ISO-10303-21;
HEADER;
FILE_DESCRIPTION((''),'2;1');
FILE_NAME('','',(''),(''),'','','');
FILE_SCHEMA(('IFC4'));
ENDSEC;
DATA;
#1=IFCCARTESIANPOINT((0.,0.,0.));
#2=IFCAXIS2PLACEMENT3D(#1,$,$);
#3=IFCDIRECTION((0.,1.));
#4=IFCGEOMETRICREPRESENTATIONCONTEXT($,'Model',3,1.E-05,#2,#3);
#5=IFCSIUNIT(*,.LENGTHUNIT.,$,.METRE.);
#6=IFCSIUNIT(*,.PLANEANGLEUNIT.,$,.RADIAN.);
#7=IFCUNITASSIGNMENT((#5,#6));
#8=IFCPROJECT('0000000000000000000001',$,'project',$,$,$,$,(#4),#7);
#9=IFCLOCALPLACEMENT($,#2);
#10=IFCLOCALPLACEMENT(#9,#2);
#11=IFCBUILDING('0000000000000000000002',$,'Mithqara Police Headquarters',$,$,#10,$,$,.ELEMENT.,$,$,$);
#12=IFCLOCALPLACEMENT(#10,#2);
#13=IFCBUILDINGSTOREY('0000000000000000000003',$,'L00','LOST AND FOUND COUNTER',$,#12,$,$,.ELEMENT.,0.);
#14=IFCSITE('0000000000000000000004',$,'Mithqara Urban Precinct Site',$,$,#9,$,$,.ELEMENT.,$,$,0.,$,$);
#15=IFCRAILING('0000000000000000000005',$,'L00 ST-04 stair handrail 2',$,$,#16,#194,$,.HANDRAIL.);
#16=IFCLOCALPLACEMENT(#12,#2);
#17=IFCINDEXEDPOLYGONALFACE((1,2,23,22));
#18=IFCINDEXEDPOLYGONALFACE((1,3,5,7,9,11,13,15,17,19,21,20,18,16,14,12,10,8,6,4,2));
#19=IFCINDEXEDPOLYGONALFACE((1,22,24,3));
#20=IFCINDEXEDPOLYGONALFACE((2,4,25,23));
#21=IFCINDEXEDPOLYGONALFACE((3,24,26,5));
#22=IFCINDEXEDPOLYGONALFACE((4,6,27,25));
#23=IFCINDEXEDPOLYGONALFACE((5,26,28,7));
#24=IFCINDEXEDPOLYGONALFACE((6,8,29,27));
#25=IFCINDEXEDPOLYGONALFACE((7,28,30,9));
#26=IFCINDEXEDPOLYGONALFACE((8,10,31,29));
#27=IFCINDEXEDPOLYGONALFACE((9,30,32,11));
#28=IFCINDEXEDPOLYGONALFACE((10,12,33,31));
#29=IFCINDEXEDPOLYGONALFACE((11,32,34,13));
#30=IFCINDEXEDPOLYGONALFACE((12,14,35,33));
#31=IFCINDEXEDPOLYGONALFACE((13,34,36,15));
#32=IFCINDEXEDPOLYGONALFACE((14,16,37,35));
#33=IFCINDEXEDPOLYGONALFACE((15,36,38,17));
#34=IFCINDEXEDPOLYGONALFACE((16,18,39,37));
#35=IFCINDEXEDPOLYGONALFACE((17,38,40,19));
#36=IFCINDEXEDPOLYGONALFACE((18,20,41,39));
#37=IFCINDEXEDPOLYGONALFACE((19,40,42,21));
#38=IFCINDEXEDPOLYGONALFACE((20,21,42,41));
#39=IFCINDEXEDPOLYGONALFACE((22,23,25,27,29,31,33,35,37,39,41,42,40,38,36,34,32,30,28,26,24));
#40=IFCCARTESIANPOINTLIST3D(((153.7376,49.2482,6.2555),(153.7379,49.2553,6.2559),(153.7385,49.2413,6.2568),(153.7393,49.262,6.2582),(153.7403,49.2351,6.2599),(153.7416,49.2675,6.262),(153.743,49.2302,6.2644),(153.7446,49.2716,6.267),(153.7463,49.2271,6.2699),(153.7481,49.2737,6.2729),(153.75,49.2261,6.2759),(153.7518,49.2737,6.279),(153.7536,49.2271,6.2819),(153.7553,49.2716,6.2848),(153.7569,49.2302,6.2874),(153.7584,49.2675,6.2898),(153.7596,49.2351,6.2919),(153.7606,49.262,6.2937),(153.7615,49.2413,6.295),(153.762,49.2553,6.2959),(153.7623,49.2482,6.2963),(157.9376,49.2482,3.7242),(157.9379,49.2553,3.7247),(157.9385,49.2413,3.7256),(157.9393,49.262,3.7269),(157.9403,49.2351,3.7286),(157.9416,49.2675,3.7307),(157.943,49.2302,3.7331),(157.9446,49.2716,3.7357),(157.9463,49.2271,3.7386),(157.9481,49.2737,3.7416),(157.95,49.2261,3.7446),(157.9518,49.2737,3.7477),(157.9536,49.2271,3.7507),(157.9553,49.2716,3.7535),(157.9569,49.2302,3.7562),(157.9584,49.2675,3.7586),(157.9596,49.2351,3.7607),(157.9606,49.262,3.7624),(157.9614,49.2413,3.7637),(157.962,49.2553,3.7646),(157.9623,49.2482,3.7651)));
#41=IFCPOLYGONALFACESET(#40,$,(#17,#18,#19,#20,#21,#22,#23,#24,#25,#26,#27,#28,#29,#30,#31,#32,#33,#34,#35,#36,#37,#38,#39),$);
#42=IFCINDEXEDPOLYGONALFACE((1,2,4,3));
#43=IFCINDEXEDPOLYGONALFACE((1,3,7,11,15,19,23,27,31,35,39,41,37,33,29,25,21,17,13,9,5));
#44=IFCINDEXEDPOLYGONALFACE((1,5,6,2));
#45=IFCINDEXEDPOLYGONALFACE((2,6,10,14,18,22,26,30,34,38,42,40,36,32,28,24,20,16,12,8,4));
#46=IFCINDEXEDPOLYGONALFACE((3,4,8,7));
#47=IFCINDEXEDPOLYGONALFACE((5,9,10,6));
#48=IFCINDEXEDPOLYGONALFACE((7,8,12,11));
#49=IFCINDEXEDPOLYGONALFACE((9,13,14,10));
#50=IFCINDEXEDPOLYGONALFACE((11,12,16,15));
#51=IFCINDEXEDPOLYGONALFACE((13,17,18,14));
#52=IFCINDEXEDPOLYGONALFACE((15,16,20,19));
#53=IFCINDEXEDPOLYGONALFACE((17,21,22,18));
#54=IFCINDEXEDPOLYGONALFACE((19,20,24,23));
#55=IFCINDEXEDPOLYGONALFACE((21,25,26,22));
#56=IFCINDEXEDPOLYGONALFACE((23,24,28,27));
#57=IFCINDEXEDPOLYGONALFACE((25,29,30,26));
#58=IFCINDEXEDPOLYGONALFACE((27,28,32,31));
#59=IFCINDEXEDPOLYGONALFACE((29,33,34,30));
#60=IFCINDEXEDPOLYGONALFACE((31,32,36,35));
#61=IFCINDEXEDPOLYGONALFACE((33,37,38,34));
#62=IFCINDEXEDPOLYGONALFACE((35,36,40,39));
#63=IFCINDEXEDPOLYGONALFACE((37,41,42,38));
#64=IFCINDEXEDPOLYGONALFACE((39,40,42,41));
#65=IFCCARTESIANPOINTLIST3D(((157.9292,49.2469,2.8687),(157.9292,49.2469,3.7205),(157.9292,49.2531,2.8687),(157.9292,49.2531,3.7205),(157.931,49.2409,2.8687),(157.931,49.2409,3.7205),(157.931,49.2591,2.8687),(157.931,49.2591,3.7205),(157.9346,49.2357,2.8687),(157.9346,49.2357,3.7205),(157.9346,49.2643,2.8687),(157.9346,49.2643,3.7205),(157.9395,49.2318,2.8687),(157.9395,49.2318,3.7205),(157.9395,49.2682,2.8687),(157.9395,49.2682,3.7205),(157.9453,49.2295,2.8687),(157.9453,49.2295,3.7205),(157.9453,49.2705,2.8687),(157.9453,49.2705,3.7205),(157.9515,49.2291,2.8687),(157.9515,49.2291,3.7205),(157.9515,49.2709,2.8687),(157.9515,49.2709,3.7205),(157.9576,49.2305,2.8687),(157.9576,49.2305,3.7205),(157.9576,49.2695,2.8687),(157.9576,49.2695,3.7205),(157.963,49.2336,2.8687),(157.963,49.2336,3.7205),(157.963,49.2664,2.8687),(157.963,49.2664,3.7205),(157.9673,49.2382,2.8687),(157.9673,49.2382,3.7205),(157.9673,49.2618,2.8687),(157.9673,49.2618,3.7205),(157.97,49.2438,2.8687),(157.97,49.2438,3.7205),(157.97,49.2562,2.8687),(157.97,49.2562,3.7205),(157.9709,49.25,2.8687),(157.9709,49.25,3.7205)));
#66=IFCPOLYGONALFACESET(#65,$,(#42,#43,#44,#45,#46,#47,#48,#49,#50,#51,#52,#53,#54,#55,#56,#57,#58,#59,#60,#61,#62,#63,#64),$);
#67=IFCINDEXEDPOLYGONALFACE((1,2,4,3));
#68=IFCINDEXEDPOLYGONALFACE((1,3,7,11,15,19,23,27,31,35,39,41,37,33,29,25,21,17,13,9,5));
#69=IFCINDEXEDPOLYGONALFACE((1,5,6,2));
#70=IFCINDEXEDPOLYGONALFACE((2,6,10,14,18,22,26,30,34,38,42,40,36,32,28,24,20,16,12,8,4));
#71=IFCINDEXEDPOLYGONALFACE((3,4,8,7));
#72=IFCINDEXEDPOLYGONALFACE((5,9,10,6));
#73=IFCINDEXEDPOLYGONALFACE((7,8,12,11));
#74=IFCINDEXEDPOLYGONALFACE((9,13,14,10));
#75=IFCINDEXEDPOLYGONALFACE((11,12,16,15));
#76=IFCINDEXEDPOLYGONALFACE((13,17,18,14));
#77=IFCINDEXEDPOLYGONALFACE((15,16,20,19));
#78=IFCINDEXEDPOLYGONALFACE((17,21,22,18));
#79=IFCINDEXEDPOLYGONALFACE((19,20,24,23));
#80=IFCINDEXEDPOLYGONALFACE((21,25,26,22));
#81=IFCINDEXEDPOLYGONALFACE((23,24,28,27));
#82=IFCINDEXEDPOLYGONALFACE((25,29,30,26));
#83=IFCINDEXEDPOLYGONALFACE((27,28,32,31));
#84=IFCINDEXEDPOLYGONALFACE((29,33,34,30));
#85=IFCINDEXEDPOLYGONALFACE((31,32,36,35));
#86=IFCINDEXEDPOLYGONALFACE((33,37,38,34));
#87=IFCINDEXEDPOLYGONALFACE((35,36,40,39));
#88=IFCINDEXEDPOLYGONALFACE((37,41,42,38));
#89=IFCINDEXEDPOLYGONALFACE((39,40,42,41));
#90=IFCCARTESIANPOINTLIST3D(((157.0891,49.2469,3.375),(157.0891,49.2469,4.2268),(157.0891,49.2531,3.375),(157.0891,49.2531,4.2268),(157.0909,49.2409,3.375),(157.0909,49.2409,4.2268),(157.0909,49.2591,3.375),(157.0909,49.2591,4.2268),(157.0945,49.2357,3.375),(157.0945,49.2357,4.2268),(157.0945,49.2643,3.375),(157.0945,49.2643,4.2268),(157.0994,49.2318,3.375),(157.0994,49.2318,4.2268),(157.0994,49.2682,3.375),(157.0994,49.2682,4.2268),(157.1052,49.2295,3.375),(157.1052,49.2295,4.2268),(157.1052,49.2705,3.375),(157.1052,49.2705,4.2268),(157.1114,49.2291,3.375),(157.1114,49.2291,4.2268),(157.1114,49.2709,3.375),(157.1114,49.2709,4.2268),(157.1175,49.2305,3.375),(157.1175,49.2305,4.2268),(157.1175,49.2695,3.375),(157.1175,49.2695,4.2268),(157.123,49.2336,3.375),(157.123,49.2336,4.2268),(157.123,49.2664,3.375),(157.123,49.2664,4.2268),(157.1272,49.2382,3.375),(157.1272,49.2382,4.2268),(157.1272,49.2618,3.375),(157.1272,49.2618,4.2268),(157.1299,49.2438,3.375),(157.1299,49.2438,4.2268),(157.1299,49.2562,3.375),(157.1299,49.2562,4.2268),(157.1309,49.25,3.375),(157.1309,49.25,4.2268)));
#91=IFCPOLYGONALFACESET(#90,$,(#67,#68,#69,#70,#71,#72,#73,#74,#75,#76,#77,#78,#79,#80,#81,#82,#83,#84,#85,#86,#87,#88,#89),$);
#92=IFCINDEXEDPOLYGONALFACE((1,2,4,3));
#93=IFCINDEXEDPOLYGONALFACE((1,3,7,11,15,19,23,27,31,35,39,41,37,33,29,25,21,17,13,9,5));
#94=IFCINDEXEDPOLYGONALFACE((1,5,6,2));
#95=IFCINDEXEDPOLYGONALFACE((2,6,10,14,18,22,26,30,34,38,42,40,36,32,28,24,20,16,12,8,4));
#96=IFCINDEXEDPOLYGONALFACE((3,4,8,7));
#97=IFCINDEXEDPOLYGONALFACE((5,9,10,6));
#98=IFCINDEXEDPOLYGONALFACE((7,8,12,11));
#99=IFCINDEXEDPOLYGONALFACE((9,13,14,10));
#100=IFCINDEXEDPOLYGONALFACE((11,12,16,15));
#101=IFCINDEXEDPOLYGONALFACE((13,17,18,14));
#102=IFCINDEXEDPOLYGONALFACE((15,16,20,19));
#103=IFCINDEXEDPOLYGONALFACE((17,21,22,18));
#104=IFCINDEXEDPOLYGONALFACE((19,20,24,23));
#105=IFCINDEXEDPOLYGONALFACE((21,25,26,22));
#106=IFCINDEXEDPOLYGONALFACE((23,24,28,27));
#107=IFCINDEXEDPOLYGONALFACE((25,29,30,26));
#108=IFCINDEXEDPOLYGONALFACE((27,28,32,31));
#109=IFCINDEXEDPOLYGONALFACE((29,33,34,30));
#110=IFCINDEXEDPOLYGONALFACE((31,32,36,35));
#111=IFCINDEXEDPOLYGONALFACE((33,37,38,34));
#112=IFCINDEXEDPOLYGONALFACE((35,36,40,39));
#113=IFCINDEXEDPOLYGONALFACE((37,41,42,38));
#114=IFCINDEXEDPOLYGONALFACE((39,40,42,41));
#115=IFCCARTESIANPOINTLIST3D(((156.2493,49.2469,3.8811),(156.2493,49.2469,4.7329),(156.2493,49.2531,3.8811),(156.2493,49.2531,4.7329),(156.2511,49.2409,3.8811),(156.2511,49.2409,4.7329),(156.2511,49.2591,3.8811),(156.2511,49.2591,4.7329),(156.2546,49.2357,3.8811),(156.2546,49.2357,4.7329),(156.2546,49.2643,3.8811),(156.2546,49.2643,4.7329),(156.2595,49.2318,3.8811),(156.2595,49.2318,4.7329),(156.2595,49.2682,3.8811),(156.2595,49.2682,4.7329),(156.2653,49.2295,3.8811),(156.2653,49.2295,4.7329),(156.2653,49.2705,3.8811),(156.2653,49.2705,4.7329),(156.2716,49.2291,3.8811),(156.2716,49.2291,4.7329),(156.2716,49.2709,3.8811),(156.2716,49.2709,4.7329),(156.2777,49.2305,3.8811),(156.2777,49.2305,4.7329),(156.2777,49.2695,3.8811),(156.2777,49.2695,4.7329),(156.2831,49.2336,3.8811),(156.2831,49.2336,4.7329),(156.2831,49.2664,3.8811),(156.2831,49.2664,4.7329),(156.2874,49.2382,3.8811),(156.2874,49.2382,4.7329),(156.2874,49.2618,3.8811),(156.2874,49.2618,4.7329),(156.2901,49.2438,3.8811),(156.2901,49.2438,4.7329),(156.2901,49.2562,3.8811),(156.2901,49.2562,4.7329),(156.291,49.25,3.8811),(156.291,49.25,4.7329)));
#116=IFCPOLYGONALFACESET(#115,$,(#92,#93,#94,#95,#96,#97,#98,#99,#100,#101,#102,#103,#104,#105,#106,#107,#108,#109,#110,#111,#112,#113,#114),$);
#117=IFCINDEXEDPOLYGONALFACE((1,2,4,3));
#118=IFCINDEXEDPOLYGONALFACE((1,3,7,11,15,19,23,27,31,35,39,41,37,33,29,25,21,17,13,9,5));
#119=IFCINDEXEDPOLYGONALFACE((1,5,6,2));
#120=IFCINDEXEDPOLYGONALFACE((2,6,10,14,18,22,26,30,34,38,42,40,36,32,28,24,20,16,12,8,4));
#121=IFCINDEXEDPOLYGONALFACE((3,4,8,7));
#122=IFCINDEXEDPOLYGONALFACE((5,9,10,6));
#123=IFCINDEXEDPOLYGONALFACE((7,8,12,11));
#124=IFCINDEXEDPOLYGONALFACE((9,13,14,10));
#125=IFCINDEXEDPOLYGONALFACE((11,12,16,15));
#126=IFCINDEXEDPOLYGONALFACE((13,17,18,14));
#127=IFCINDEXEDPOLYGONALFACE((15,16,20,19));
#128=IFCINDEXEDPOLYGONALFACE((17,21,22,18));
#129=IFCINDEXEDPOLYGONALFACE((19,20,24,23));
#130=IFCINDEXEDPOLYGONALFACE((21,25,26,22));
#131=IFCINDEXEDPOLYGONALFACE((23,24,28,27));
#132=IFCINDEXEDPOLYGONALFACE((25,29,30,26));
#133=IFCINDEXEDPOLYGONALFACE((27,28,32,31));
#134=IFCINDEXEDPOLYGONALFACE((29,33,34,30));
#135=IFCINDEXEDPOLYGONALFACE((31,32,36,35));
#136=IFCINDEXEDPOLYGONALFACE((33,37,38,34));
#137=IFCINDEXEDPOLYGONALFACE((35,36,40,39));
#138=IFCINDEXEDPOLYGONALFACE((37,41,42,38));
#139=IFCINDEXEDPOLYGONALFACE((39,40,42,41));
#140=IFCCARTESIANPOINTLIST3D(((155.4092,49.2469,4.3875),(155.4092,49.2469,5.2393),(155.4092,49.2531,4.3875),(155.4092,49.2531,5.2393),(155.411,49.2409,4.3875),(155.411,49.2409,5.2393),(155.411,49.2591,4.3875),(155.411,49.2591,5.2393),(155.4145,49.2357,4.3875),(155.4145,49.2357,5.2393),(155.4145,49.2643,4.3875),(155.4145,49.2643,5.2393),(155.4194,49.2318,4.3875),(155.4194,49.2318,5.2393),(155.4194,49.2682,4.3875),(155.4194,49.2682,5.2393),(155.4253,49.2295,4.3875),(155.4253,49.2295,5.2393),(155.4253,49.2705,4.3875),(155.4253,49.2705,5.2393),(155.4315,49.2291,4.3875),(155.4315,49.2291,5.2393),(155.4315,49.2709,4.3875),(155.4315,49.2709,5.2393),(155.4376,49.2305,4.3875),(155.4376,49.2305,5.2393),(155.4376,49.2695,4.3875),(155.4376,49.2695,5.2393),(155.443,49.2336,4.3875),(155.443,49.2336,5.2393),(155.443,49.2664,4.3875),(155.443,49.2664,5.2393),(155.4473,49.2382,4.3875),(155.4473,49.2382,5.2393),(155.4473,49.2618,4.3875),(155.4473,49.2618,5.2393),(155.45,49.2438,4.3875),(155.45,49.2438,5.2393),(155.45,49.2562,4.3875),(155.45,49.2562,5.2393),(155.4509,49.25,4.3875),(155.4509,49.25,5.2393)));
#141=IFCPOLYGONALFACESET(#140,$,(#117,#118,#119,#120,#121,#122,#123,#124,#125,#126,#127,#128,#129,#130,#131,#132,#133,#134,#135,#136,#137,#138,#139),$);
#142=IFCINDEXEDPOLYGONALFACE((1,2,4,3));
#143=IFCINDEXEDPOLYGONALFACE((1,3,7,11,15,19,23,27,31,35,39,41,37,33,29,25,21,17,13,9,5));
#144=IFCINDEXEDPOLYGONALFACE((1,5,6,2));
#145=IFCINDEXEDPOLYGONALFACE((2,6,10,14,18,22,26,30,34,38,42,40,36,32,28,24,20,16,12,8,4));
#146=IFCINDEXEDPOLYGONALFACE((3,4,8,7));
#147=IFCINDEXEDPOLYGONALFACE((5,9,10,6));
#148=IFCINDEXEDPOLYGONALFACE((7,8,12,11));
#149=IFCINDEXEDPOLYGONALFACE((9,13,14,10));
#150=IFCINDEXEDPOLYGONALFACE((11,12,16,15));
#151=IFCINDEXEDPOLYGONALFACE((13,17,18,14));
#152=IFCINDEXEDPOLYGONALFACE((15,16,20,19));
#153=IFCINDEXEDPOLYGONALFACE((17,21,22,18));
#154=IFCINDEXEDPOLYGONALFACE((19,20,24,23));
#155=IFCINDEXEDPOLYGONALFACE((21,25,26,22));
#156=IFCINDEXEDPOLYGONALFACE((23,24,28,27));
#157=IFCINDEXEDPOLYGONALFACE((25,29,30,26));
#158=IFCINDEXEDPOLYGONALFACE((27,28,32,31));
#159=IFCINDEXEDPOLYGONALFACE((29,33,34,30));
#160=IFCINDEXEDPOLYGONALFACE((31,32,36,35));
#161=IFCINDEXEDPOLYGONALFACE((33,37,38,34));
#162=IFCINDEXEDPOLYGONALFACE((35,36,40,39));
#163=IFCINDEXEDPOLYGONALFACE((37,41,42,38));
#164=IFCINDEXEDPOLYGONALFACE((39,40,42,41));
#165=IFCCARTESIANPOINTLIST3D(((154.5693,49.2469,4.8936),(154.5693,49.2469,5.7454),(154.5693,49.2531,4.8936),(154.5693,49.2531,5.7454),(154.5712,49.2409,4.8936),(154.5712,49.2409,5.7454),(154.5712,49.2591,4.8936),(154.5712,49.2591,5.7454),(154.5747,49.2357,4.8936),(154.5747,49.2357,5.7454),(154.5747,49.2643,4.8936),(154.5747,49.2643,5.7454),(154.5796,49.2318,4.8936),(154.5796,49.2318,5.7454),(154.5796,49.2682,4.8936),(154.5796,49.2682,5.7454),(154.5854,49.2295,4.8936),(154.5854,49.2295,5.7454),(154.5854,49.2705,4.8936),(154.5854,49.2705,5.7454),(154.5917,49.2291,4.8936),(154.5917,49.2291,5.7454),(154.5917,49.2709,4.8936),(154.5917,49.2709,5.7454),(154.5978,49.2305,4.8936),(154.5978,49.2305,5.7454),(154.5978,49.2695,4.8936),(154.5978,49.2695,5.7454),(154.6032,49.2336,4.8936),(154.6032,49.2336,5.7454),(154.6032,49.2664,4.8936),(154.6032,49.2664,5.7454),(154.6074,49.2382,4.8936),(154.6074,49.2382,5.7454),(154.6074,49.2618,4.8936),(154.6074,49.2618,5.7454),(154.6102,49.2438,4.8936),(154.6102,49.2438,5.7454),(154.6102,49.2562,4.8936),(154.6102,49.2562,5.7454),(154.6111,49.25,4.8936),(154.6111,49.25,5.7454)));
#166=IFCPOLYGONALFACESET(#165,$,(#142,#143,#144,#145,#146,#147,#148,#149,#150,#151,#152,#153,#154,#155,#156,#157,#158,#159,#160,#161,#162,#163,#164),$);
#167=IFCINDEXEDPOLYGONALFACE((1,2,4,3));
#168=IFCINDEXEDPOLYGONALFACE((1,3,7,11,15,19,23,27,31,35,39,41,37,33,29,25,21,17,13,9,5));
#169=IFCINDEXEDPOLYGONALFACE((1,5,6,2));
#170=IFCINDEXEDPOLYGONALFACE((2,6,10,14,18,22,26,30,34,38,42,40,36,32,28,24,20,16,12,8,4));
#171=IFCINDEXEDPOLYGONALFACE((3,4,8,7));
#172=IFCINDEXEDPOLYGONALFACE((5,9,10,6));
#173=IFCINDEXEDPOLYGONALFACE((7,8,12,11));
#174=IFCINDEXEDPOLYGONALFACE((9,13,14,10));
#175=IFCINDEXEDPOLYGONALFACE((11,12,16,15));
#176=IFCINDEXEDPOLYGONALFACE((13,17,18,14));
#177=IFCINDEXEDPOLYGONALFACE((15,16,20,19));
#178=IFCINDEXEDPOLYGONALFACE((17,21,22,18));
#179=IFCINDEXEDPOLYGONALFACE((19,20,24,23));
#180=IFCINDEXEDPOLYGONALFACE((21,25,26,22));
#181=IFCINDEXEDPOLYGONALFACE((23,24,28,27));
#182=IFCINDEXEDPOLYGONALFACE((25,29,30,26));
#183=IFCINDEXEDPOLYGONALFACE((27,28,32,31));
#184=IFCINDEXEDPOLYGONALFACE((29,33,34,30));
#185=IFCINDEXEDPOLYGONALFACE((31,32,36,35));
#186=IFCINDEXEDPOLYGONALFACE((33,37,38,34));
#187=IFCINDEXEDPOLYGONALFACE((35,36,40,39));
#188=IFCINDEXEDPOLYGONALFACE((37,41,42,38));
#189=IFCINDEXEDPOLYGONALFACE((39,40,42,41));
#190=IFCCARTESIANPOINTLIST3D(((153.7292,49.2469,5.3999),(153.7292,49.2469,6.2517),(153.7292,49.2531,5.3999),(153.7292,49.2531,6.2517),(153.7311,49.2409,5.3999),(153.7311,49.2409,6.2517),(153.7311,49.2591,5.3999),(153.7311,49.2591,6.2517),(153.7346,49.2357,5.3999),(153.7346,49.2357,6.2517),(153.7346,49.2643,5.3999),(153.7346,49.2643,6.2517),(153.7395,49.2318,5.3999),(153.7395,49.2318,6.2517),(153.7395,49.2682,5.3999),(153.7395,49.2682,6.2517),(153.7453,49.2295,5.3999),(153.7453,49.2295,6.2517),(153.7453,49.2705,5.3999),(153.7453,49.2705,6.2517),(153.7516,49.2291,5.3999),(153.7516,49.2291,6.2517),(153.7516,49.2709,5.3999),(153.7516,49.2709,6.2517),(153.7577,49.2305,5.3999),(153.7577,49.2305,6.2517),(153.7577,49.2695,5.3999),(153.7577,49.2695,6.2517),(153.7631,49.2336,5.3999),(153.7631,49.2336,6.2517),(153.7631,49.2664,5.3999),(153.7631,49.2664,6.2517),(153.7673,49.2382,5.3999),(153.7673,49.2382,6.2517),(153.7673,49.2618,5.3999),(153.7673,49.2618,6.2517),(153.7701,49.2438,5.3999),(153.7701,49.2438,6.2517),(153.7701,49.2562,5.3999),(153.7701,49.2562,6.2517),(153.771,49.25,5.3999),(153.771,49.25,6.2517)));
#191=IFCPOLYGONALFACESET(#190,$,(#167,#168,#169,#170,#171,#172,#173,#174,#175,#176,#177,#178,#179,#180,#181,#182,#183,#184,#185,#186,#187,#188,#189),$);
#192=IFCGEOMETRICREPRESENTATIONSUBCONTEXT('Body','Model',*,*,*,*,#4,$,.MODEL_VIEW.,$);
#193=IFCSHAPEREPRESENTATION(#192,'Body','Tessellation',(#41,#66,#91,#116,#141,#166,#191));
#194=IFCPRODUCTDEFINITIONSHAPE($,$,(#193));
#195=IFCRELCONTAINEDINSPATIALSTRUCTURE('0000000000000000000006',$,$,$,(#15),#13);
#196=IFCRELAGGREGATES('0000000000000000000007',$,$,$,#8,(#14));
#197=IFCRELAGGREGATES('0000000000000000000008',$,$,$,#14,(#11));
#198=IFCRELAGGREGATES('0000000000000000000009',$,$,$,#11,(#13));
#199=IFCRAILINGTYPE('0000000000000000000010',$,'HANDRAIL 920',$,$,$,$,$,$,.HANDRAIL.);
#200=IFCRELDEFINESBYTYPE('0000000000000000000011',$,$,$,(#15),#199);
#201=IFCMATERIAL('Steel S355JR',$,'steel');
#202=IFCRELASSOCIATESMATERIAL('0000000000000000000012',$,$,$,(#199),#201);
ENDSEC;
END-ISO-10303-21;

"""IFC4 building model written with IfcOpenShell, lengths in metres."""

from ifc_helpers import new_model, si_unit, direction, frame, origin, origin_2d, place, context, subcontext, project, spatial, circle, extrude, material, type_object, element, save


model = new_model("IFC4")

# Units and contexts
model_context = context("Model", 3, precision=1e-05, world=origin(), true_north=direction((0.0, 1.0)))
body_context = subcontext(model_context, "Body", "Model", "MODEL_VIEW")
ifc_project = project(units=[si_unit("LENGTHUNIT", "METRE"), si_unit("PLANEANGLEUNIT", "RADIAN")], contexts=[model_context])

# Site, building, storey
site_placement = place(None, origin())
site = spatial("IfcSite", under=ifc_project, at=site_placement, Name="Mithqara Urban Precinct Site", CompositionType="ELEMENT", RefElevation=0.0)
building_placement = place(site_placement, origin())
building = spatial("IfcBuilding", under=site, at=building_placement, Name="Mithqara Police Headquarters", CompositionType="ELEMENT")
storey_placement = place(building_placement, origin())
storey = spatial("IfcBuildingStorey", under=building, at=storey_placement, Name="L00", Description="LOST AND FOUND COUNTER", CompositionType="ELEMENT", Elevation=0.0)

# Shared definitions
ifc_material_1 = material(Name="Steel S355JR", Category="steel")

# Railing
railing_type_1 = type_object("IfcRailingType", Name="HANDRAIL 920", PredefinedType="HANDRAIL", material=ifc_material_1)
railing_1_placement = place(storey_placement, frame((157.95, 49.25, 2.8687)))
element("IfcRailing", 1, at=railing_1_placement, inside=storey, type_object=railing_type_1, Name="L00 ST-04 stair handrail 2", PredefinedType="HANDRAIL", context=body_context, shape_type="SweptSolid", body=[
    extrude(circle(Radius=0.0239, at=origin_2d()), frame((0.0, 0.0, 0.876), z_axis=(-0.856476, 0.0, 0.516186), x_axis=(0.0, -1.0, 0.0)), (0.0, 0.0, 1.0), 4.9038),
    extrude(circle(Radius=0.021, at=origin_2d()), origin(), (0.0, 0.0, 1.0), 0.8518),
    extrude(circle(Radius=0.021, at=origin_2d()), frame((-0.8401, 0.0, 0.5063)), (0.0, 0.0, 1.0), 0.8518),
    extrude(circle(Radius=0.021, at=origin_2d()), frame((-1.6799, 0.0, 1.0125)), (0.0, 0.0, 1.0), 0.8518),
    extrude(circle(Radius=0.021, at=origin_2d()), frame((-2.52, 0.0, 1.5188)), (0.0, 0.0, 1.0), 0.8518),
    extrude(circle(Radius=0.021, at=origin_2d()), frame((-3.3599, 0.0, 2.0249)), (0.0, 0.0, 1.0), 0.8518),
    extrude(circle(Radius=0.021, at=origin_2d()), frame((-4.2, 0.0, 2.5312)), (0.0, 0.0, 1.0), 0.8518),
])

save(model, "model.ifc")
